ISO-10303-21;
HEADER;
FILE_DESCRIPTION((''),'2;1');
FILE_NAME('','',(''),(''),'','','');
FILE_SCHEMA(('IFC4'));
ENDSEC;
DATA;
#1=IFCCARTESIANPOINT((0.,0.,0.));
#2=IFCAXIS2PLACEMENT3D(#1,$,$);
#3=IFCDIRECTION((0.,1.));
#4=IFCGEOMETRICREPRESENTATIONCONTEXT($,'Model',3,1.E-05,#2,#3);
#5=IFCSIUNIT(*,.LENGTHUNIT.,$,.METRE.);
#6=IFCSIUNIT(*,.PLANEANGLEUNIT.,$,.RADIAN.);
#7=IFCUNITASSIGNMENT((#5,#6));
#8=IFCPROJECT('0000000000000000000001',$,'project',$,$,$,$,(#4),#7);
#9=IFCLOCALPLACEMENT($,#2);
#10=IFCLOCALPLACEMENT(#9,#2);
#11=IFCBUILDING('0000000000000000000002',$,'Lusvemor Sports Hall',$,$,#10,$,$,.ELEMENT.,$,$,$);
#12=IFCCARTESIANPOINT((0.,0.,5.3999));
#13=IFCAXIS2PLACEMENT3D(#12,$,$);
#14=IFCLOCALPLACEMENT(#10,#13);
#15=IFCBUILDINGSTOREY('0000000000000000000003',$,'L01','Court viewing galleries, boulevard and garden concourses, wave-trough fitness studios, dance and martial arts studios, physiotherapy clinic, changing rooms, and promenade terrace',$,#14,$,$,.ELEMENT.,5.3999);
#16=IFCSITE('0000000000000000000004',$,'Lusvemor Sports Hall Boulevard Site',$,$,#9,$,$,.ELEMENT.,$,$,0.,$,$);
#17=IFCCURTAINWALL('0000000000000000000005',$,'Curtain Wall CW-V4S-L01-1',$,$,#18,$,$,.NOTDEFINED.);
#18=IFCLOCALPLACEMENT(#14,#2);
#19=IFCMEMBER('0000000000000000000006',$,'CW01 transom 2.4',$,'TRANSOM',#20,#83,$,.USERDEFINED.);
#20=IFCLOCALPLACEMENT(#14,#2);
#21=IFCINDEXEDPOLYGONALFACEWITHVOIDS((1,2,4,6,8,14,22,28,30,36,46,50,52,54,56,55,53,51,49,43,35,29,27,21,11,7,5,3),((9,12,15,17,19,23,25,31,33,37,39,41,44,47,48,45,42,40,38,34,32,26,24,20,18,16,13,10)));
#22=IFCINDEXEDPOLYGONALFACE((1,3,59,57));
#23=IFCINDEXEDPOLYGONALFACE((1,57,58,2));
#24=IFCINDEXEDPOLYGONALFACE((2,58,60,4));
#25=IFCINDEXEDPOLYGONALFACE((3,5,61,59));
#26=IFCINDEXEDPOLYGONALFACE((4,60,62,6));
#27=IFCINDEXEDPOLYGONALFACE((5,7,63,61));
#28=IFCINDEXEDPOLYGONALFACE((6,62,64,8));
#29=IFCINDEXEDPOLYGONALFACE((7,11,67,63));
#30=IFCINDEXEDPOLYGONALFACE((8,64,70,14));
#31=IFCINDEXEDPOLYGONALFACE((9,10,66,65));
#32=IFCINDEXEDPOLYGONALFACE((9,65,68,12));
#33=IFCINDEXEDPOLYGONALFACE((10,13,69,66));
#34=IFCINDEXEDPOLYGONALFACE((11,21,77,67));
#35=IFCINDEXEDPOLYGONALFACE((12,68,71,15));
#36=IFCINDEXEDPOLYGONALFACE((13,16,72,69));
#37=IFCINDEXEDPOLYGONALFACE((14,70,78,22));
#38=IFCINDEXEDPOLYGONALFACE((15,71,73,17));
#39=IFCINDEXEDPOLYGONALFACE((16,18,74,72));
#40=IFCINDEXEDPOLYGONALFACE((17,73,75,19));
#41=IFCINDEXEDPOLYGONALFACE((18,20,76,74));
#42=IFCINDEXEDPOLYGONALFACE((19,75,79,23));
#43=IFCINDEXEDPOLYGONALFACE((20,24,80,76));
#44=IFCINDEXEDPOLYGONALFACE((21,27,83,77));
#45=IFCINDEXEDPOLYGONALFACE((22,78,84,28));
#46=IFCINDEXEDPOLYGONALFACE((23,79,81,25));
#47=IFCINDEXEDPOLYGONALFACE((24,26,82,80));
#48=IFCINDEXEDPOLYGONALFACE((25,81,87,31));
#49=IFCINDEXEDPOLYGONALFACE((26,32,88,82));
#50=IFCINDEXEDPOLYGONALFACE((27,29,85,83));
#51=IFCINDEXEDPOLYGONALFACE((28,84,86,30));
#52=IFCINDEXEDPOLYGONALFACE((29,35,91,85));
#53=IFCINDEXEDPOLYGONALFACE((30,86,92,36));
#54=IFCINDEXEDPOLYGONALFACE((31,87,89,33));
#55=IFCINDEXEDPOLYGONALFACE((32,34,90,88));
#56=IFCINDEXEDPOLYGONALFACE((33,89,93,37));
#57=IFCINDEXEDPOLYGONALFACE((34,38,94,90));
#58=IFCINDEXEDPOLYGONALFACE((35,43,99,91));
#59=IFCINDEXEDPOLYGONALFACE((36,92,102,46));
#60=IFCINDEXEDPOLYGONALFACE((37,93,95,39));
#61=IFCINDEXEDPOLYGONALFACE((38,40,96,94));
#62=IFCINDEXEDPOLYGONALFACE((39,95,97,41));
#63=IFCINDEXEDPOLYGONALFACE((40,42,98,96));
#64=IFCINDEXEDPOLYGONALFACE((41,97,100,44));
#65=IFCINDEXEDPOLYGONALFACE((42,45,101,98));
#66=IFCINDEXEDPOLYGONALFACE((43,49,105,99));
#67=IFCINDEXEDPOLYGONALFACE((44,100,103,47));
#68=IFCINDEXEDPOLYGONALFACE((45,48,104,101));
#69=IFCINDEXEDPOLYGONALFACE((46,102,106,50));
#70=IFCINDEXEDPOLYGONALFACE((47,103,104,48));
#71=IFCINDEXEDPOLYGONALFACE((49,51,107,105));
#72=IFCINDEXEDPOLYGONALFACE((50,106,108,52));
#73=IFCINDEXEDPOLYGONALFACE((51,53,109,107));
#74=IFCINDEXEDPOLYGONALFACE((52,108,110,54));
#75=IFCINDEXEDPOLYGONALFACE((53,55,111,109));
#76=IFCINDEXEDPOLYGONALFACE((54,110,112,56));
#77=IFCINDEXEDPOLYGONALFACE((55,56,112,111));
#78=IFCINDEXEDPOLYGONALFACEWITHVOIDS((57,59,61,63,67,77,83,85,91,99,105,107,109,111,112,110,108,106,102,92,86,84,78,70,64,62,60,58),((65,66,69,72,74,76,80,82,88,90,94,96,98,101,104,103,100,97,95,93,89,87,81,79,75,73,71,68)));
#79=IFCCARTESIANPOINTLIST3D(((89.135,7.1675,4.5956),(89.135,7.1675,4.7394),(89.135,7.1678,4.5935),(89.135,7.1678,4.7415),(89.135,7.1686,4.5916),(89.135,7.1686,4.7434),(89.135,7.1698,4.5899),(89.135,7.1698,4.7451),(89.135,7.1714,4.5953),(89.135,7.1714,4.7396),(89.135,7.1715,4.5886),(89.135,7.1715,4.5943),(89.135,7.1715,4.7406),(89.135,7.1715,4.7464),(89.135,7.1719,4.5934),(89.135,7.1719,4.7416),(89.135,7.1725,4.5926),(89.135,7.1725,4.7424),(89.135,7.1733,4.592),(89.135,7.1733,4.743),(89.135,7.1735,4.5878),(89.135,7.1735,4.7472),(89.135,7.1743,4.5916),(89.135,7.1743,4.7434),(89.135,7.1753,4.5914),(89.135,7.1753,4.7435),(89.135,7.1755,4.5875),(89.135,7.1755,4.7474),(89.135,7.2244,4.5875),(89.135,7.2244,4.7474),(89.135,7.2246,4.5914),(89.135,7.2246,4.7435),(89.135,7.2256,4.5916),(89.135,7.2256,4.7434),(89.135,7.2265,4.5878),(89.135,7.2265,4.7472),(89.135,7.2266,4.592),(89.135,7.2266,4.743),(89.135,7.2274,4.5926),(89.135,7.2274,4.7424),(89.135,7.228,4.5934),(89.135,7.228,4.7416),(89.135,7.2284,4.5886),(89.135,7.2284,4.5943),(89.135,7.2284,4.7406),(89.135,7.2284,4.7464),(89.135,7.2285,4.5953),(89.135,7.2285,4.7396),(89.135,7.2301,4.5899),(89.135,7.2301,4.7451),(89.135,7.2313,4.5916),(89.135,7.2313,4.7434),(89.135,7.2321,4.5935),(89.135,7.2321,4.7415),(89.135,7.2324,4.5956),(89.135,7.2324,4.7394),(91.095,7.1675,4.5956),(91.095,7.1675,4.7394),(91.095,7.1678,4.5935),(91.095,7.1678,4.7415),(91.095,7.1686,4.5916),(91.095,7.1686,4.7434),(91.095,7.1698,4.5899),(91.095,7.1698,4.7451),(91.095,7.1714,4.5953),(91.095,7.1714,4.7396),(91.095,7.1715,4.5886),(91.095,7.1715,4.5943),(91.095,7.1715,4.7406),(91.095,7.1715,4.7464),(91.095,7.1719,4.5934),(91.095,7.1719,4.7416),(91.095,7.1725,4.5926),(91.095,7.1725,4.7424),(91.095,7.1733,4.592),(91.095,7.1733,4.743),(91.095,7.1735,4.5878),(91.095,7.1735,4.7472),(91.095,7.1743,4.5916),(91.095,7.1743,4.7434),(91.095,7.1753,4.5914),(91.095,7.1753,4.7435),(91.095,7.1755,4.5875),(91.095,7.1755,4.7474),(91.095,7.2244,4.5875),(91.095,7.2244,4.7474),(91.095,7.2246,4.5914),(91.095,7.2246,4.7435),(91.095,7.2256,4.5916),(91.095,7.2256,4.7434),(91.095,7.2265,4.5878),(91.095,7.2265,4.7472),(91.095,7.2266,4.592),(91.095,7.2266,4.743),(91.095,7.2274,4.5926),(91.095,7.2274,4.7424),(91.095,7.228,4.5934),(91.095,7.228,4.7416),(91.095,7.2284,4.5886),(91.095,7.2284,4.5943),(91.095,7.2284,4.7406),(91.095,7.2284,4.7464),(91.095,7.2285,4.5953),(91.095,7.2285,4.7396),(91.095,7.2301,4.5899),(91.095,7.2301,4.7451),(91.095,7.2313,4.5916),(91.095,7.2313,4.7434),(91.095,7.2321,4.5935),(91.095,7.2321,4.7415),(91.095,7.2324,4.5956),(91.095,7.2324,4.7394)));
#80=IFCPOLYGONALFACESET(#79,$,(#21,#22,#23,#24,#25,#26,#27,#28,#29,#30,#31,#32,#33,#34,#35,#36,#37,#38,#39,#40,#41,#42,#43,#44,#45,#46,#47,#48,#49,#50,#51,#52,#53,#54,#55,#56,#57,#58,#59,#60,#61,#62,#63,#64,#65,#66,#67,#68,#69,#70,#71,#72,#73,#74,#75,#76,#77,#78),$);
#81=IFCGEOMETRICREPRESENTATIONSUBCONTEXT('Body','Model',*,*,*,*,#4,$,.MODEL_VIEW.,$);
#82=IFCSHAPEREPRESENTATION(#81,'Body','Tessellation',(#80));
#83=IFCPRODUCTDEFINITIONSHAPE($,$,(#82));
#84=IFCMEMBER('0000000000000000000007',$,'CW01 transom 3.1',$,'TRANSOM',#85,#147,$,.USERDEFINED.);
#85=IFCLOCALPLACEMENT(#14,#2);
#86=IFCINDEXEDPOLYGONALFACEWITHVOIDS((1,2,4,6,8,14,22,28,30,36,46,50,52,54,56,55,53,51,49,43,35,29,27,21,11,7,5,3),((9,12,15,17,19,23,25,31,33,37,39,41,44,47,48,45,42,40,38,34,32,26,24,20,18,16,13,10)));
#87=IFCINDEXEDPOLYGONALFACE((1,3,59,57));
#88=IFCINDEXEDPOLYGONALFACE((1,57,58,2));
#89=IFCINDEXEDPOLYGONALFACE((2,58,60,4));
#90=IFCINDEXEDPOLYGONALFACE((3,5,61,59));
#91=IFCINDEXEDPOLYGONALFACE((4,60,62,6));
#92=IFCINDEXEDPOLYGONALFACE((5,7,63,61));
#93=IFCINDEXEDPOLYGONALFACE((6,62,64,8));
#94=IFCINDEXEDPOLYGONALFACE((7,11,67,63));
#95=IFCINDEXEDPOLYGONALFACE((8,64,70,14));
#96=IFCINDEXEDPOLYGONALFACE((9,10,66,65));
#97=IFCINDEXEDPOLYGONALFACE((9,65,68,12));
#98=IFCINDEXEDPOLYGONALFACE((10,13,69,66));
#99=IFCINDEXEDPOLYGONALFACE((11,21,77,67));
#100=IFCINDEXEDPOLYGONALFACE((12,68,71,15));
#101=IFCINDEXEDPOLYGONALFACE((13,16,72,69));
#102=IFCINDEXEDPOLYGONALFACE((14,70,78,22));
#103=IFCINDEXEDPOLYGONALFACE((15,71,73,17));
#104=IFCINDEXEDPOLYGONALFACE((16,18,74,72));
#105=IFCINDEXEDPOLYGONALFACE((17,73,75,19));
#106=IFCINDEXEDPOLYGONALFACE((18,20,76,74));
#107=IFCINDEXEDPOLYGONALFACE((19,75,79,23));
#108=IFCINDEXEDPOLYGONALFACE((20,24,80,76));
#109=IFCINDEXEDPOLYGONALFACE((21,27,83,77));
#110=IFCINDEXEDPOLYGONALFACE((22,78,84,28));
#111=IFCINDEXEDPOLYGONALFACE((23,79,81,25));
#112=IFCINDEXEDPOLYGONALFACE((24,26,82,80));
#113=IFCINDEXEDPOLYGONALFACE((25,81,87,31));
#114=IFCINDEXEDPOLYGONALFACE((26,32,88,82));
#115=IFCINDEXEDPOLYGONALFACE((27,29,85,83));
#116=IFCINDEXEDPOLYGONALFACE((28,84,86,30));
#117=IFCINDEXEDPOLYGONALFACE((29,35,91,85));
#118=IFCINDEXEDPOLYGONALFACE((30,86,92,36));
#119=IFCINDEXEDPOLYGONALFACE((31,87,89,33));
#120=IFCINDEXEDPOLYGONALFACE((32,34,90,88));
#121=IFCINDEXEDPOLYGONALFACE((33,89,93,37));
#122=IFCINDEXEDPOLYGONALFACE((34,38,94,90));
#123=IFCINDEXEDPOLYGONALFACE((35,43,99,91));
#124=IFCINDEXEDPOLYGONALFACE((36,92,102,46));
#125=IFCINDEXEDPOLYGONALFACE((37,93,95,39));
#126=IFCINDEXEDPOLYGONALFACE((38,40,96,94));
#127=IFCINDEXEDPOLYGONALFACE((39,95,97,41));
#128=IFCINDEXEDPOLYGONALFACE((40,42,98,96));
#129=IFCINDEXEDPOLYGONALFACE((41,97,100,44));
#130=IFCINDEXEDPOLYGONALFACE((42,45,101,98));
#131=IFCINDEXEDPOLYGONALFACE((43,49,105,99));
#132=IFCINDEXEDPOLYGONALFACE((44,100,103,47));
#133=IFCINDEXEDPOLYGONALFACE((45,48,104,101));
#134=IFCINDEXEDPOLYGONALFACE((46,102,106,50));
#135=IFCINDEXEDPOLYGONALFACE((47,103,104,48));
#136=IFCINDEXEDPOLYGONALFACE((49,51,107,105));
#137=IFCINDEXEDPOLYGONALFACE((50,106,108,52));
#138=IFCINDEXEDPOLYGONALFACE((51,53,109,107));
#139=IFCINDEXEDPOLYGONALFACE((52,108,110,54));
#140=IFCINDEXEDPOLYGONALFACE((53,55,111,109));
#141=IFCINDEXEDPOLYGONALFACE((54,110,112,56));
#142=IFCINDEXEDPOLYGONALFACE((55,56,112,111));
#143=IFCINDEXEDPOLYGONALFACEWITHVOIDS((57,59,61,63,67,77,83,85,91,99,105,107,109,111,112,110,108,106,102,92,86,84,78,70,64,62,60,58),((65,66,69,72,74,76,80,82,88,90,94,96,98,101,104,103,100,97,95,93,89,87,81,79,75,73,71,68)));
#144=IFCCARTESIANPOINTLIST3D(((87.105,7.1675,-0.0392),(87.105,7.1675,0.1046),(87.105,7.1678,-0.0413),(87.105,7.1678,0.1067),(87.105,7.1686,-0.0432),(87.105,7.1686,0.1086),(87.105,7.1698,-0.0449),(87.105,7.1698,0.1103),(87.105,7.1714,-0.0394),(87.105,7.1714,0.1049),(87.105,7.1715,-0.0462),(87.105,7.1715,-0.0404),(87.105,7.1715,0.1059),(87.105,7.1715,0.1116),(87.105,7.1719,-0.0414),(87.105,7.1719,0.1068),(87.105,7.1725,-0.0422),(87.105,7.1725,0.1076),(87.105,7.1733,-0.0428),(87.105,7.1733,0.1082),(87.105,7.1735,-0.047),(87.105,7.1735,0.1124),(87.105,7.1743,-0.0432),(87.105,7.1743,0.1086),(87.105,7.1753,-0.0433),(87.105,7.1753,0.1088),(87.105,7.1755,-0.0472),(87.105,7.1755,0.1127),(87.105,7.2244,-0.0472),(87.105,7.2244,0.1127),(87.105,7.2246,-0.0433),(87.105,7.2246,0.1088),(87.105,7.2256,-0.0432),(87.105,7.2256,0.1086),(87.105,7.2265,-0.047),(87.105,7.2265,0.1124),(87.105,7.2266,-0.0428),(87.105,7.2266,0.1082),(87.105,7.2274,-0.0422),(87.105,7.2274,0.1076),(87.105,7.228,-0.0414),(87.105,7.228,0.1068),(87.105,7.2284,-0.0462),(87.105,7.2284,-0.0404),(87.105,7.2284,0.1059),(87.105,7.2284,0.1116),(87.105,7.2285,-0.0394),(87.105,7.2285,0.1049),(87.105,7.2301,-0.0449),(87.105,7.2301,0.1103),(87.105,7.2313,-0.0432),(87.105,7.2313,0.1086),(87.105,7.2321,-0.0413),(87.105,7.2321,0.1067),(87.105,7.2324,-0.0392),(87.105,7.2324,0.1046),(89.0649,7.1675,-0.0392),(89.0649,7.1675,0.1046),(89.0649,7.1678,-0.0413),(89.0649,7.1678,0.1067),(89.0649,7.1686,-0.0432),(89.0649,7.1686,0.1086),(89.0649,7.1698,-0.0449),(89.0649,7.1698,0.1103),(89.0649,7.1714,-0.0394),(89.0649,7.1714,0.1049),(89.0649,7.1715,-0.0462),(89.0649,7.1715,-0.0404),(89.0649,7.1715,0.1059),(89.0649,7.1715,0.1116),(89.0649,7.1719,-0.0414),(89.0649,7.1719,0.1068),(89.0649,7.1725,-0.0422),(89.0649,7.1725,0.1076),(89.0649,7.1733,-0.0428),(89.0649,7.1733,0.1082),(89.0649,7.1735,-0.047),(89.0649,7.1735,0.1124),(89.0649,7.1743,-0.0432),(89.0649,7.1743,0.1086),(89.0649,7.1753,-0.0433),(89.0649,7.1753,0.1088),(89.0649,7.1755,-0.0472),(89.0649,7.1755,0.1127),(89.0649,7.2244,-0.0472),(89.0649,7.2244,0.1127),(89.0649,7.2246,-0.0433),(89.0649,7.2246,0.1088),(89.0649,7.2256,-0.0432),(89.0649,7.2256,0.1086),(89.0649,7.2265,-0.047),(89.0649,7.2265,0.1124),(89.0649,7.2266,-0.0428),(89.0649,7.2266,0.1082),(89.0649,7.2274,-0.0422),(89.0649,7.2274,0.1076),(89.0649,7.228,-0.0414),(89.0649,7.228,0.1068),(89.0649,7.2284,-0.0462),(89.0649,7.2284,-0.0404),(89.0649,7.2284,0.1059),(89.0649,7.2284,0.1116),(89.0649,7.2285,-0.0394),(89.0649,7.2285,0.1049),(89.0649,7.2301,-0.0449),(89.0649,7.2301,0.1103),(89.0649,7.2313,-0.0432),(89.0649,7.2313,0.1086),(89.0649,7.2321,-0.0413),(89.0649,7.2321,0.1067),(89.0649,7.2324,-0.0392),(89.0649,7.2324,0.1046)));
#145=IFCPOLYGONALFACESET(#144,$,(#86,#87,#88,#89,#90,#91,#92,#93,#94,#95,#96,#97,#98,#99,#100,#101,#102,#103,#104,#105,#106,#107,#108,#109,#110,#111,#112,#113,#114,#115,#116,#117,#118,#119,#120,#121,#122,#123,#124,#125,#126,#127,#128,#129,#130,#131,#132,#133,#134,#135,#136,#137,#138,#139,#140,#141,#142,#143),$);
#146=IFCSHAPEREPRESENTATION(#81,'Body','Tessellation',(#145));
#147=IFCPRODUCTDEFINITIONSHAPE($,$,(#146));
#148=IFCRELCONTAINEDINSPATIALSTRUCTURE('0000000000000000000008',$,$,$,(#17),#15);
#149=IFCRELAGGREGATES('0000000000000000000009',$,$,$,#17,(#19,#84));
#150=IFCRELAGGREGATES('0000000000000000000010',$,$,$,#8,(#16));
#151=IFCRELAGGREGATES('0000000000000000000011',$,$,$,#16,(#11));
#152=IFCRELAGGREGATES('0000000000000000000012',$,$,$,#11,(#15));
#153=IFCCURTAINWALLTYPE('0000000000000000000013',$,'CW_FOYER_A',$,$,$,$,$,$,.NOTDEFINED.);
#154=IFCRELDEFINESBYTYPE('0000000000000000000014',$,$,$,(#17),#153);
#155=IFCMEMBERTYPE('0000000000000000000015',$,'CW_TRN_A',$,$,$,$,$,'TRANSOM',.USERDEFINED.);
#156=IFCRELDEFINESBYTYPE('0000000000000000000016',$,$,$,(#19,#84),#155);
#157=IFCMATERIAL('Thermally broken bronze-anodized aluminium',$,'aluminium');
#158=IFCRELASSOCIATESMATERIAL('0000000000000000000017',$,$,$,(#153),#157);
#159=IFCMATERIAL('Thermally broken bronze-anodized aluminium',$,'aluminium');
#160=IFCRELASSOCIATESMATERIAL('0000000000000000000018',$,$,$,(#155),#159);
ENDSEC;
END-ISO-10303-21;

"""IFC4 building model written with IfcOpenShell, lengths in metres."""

from ifc_helpers import new_model, si_unit, direction, frame, origin, origin_2d, place, context, subcontext, project, spatial, hollow_rectangle, extrude, material, material_profile, profile_set, type_object, element, aggregate, save


model = new_model("IFC4")

# Units and contexts
model_context = context("Model", 3, precision=1e-05, world=origin(), true_north=direction((0.0, 1.0)))
body_context = subcontext(model_context, "Body", "Model", "MODEL_VIEW")
ifc_project = project(units=[si_unit("LENGTHUNIT", "METRE"), si_unit("PLANEANGLEUNIT", "RADIAN")], contexts=[model_context])

# Site, building, storey
site_placement = place(None, origin())
site = spatial("IfcSite", under=ifc_project, at=site_placement, Name="Lusvemor Sports Hall Boulevard Site", CompositionType="ELEMENT", RefElevation=0.0)
building_placement = place(site_placement, origin())
building = spatial("IfcBuilding", under=site, at=building_placement, Name="Lusvemor Sports Hall", CompositionType="ELEMENT")
storey_placement = place(building_placement, frame((0.0, 0.0, 5.3999)))
storey = spatial("IfcBuildingStorey", under=building, at=storey_placement, Name="L01", Description="Court viewing galleries, boulevard and garden concourses, wave-trough fitness studios, dance and martial arts studios, physiotherapy clinic, changing rooms, and promenade terrace", CompositionType="ELEMENT", Elevation=5.3999)

# Curtain wall, members
ifc_material_1 = material(Name="Thermally broken bronze-anodized aluminium", Category="aluminium")
curtain_wall_type = type_object("IfcCurtainWallType", Name="CW_FOYER_A", PredefinedType="NOTDEFINED", material=ifc_material_1)
curtain_wall_placement = place(storey_placement, origin())
curtain_wall = element("IfcCurtainWall", 1, at=curtain_wall_placement, inside=storey, type_object=curtain_wall_type, Name="Curtain Wall CW-V4S-L01-1", PredefinedType="NOTDEFINED")
ifc_material_2 = material(Name="Thermally broken bronze-anodized aluminium", Category="aluminium")
ifc_material_profile_1 = material_profile(ifc_material_2, hollow_rectangle(XDim=0.0649, YDim=0.1599, WallThickness=0.0039, InnerFilletRadius=0.0039, OuterFilletRadius=0.0081, at=origin_2d()), Name="CWTRN160x65x4")
ifc_profile_set_1 = profile_set([ifc_material_profile_1], Name="Thermally broken bronze-anodized aluminium")
member_type_1 = type_object("IfcMemberType", Name="CW_TRN_A", ElementType="TRANSOM", PredefinedType="USERDEFINED", material=ifc_profile_set_1)
member_1_placement = place(storey_placement, frame((91.095, 7.2, 4.6675), z_axis=(-1.0, 0.0, 0.0), x_axis=(0.0, -1.0, 0.0)))
member_1 = element("IfcMember", 2, at=member_1_placement, type_object=member_type_1, Name="CW01 transom 2.4", ObjectType="TRANSOM", PredefinedType="USERDEFINED", context=body_context, shape_type="SweptSolid", body=[
    extrude(hollow_rectangle(XDim=0.0649, YDim=0.1599, WallThickness=0.0039, InnerFilletRadius=0.0039, OuterFilletRadius=0.0081, at=origin_2d()), origin(), (0.0, 0.0, 1.0), 1.96),
])
member_2_placement = place(storey_placement, frame((89.0649, 7.2, 0.0327), z_axis=(-1.0, 0.0, 0.0), x_axis=(0.0, -1.0, 0.0)))
member_2 = element("IfcMember", 3, at=member_2_placement, type_object=member_type_1, Name="CW01 transom 3.1", ObjectType="TRANSOM", PredefinedType="USERDEFINED", context=body_context, shape_type="SweptSolid", body=[
    extrude(hollow_rectangle(XDim=0.0649, YDim=0.1599, WallThickness=0.0039, InnerFilletRadius=0.0039, OuterFilletRadius=0.0081, at=origin_2d()), origin(), (0.0, 0.0, 1.0), 1.96),
])

aggregate(curtain_wall, [member_1, member_2])

save(model, "model.ifc")
